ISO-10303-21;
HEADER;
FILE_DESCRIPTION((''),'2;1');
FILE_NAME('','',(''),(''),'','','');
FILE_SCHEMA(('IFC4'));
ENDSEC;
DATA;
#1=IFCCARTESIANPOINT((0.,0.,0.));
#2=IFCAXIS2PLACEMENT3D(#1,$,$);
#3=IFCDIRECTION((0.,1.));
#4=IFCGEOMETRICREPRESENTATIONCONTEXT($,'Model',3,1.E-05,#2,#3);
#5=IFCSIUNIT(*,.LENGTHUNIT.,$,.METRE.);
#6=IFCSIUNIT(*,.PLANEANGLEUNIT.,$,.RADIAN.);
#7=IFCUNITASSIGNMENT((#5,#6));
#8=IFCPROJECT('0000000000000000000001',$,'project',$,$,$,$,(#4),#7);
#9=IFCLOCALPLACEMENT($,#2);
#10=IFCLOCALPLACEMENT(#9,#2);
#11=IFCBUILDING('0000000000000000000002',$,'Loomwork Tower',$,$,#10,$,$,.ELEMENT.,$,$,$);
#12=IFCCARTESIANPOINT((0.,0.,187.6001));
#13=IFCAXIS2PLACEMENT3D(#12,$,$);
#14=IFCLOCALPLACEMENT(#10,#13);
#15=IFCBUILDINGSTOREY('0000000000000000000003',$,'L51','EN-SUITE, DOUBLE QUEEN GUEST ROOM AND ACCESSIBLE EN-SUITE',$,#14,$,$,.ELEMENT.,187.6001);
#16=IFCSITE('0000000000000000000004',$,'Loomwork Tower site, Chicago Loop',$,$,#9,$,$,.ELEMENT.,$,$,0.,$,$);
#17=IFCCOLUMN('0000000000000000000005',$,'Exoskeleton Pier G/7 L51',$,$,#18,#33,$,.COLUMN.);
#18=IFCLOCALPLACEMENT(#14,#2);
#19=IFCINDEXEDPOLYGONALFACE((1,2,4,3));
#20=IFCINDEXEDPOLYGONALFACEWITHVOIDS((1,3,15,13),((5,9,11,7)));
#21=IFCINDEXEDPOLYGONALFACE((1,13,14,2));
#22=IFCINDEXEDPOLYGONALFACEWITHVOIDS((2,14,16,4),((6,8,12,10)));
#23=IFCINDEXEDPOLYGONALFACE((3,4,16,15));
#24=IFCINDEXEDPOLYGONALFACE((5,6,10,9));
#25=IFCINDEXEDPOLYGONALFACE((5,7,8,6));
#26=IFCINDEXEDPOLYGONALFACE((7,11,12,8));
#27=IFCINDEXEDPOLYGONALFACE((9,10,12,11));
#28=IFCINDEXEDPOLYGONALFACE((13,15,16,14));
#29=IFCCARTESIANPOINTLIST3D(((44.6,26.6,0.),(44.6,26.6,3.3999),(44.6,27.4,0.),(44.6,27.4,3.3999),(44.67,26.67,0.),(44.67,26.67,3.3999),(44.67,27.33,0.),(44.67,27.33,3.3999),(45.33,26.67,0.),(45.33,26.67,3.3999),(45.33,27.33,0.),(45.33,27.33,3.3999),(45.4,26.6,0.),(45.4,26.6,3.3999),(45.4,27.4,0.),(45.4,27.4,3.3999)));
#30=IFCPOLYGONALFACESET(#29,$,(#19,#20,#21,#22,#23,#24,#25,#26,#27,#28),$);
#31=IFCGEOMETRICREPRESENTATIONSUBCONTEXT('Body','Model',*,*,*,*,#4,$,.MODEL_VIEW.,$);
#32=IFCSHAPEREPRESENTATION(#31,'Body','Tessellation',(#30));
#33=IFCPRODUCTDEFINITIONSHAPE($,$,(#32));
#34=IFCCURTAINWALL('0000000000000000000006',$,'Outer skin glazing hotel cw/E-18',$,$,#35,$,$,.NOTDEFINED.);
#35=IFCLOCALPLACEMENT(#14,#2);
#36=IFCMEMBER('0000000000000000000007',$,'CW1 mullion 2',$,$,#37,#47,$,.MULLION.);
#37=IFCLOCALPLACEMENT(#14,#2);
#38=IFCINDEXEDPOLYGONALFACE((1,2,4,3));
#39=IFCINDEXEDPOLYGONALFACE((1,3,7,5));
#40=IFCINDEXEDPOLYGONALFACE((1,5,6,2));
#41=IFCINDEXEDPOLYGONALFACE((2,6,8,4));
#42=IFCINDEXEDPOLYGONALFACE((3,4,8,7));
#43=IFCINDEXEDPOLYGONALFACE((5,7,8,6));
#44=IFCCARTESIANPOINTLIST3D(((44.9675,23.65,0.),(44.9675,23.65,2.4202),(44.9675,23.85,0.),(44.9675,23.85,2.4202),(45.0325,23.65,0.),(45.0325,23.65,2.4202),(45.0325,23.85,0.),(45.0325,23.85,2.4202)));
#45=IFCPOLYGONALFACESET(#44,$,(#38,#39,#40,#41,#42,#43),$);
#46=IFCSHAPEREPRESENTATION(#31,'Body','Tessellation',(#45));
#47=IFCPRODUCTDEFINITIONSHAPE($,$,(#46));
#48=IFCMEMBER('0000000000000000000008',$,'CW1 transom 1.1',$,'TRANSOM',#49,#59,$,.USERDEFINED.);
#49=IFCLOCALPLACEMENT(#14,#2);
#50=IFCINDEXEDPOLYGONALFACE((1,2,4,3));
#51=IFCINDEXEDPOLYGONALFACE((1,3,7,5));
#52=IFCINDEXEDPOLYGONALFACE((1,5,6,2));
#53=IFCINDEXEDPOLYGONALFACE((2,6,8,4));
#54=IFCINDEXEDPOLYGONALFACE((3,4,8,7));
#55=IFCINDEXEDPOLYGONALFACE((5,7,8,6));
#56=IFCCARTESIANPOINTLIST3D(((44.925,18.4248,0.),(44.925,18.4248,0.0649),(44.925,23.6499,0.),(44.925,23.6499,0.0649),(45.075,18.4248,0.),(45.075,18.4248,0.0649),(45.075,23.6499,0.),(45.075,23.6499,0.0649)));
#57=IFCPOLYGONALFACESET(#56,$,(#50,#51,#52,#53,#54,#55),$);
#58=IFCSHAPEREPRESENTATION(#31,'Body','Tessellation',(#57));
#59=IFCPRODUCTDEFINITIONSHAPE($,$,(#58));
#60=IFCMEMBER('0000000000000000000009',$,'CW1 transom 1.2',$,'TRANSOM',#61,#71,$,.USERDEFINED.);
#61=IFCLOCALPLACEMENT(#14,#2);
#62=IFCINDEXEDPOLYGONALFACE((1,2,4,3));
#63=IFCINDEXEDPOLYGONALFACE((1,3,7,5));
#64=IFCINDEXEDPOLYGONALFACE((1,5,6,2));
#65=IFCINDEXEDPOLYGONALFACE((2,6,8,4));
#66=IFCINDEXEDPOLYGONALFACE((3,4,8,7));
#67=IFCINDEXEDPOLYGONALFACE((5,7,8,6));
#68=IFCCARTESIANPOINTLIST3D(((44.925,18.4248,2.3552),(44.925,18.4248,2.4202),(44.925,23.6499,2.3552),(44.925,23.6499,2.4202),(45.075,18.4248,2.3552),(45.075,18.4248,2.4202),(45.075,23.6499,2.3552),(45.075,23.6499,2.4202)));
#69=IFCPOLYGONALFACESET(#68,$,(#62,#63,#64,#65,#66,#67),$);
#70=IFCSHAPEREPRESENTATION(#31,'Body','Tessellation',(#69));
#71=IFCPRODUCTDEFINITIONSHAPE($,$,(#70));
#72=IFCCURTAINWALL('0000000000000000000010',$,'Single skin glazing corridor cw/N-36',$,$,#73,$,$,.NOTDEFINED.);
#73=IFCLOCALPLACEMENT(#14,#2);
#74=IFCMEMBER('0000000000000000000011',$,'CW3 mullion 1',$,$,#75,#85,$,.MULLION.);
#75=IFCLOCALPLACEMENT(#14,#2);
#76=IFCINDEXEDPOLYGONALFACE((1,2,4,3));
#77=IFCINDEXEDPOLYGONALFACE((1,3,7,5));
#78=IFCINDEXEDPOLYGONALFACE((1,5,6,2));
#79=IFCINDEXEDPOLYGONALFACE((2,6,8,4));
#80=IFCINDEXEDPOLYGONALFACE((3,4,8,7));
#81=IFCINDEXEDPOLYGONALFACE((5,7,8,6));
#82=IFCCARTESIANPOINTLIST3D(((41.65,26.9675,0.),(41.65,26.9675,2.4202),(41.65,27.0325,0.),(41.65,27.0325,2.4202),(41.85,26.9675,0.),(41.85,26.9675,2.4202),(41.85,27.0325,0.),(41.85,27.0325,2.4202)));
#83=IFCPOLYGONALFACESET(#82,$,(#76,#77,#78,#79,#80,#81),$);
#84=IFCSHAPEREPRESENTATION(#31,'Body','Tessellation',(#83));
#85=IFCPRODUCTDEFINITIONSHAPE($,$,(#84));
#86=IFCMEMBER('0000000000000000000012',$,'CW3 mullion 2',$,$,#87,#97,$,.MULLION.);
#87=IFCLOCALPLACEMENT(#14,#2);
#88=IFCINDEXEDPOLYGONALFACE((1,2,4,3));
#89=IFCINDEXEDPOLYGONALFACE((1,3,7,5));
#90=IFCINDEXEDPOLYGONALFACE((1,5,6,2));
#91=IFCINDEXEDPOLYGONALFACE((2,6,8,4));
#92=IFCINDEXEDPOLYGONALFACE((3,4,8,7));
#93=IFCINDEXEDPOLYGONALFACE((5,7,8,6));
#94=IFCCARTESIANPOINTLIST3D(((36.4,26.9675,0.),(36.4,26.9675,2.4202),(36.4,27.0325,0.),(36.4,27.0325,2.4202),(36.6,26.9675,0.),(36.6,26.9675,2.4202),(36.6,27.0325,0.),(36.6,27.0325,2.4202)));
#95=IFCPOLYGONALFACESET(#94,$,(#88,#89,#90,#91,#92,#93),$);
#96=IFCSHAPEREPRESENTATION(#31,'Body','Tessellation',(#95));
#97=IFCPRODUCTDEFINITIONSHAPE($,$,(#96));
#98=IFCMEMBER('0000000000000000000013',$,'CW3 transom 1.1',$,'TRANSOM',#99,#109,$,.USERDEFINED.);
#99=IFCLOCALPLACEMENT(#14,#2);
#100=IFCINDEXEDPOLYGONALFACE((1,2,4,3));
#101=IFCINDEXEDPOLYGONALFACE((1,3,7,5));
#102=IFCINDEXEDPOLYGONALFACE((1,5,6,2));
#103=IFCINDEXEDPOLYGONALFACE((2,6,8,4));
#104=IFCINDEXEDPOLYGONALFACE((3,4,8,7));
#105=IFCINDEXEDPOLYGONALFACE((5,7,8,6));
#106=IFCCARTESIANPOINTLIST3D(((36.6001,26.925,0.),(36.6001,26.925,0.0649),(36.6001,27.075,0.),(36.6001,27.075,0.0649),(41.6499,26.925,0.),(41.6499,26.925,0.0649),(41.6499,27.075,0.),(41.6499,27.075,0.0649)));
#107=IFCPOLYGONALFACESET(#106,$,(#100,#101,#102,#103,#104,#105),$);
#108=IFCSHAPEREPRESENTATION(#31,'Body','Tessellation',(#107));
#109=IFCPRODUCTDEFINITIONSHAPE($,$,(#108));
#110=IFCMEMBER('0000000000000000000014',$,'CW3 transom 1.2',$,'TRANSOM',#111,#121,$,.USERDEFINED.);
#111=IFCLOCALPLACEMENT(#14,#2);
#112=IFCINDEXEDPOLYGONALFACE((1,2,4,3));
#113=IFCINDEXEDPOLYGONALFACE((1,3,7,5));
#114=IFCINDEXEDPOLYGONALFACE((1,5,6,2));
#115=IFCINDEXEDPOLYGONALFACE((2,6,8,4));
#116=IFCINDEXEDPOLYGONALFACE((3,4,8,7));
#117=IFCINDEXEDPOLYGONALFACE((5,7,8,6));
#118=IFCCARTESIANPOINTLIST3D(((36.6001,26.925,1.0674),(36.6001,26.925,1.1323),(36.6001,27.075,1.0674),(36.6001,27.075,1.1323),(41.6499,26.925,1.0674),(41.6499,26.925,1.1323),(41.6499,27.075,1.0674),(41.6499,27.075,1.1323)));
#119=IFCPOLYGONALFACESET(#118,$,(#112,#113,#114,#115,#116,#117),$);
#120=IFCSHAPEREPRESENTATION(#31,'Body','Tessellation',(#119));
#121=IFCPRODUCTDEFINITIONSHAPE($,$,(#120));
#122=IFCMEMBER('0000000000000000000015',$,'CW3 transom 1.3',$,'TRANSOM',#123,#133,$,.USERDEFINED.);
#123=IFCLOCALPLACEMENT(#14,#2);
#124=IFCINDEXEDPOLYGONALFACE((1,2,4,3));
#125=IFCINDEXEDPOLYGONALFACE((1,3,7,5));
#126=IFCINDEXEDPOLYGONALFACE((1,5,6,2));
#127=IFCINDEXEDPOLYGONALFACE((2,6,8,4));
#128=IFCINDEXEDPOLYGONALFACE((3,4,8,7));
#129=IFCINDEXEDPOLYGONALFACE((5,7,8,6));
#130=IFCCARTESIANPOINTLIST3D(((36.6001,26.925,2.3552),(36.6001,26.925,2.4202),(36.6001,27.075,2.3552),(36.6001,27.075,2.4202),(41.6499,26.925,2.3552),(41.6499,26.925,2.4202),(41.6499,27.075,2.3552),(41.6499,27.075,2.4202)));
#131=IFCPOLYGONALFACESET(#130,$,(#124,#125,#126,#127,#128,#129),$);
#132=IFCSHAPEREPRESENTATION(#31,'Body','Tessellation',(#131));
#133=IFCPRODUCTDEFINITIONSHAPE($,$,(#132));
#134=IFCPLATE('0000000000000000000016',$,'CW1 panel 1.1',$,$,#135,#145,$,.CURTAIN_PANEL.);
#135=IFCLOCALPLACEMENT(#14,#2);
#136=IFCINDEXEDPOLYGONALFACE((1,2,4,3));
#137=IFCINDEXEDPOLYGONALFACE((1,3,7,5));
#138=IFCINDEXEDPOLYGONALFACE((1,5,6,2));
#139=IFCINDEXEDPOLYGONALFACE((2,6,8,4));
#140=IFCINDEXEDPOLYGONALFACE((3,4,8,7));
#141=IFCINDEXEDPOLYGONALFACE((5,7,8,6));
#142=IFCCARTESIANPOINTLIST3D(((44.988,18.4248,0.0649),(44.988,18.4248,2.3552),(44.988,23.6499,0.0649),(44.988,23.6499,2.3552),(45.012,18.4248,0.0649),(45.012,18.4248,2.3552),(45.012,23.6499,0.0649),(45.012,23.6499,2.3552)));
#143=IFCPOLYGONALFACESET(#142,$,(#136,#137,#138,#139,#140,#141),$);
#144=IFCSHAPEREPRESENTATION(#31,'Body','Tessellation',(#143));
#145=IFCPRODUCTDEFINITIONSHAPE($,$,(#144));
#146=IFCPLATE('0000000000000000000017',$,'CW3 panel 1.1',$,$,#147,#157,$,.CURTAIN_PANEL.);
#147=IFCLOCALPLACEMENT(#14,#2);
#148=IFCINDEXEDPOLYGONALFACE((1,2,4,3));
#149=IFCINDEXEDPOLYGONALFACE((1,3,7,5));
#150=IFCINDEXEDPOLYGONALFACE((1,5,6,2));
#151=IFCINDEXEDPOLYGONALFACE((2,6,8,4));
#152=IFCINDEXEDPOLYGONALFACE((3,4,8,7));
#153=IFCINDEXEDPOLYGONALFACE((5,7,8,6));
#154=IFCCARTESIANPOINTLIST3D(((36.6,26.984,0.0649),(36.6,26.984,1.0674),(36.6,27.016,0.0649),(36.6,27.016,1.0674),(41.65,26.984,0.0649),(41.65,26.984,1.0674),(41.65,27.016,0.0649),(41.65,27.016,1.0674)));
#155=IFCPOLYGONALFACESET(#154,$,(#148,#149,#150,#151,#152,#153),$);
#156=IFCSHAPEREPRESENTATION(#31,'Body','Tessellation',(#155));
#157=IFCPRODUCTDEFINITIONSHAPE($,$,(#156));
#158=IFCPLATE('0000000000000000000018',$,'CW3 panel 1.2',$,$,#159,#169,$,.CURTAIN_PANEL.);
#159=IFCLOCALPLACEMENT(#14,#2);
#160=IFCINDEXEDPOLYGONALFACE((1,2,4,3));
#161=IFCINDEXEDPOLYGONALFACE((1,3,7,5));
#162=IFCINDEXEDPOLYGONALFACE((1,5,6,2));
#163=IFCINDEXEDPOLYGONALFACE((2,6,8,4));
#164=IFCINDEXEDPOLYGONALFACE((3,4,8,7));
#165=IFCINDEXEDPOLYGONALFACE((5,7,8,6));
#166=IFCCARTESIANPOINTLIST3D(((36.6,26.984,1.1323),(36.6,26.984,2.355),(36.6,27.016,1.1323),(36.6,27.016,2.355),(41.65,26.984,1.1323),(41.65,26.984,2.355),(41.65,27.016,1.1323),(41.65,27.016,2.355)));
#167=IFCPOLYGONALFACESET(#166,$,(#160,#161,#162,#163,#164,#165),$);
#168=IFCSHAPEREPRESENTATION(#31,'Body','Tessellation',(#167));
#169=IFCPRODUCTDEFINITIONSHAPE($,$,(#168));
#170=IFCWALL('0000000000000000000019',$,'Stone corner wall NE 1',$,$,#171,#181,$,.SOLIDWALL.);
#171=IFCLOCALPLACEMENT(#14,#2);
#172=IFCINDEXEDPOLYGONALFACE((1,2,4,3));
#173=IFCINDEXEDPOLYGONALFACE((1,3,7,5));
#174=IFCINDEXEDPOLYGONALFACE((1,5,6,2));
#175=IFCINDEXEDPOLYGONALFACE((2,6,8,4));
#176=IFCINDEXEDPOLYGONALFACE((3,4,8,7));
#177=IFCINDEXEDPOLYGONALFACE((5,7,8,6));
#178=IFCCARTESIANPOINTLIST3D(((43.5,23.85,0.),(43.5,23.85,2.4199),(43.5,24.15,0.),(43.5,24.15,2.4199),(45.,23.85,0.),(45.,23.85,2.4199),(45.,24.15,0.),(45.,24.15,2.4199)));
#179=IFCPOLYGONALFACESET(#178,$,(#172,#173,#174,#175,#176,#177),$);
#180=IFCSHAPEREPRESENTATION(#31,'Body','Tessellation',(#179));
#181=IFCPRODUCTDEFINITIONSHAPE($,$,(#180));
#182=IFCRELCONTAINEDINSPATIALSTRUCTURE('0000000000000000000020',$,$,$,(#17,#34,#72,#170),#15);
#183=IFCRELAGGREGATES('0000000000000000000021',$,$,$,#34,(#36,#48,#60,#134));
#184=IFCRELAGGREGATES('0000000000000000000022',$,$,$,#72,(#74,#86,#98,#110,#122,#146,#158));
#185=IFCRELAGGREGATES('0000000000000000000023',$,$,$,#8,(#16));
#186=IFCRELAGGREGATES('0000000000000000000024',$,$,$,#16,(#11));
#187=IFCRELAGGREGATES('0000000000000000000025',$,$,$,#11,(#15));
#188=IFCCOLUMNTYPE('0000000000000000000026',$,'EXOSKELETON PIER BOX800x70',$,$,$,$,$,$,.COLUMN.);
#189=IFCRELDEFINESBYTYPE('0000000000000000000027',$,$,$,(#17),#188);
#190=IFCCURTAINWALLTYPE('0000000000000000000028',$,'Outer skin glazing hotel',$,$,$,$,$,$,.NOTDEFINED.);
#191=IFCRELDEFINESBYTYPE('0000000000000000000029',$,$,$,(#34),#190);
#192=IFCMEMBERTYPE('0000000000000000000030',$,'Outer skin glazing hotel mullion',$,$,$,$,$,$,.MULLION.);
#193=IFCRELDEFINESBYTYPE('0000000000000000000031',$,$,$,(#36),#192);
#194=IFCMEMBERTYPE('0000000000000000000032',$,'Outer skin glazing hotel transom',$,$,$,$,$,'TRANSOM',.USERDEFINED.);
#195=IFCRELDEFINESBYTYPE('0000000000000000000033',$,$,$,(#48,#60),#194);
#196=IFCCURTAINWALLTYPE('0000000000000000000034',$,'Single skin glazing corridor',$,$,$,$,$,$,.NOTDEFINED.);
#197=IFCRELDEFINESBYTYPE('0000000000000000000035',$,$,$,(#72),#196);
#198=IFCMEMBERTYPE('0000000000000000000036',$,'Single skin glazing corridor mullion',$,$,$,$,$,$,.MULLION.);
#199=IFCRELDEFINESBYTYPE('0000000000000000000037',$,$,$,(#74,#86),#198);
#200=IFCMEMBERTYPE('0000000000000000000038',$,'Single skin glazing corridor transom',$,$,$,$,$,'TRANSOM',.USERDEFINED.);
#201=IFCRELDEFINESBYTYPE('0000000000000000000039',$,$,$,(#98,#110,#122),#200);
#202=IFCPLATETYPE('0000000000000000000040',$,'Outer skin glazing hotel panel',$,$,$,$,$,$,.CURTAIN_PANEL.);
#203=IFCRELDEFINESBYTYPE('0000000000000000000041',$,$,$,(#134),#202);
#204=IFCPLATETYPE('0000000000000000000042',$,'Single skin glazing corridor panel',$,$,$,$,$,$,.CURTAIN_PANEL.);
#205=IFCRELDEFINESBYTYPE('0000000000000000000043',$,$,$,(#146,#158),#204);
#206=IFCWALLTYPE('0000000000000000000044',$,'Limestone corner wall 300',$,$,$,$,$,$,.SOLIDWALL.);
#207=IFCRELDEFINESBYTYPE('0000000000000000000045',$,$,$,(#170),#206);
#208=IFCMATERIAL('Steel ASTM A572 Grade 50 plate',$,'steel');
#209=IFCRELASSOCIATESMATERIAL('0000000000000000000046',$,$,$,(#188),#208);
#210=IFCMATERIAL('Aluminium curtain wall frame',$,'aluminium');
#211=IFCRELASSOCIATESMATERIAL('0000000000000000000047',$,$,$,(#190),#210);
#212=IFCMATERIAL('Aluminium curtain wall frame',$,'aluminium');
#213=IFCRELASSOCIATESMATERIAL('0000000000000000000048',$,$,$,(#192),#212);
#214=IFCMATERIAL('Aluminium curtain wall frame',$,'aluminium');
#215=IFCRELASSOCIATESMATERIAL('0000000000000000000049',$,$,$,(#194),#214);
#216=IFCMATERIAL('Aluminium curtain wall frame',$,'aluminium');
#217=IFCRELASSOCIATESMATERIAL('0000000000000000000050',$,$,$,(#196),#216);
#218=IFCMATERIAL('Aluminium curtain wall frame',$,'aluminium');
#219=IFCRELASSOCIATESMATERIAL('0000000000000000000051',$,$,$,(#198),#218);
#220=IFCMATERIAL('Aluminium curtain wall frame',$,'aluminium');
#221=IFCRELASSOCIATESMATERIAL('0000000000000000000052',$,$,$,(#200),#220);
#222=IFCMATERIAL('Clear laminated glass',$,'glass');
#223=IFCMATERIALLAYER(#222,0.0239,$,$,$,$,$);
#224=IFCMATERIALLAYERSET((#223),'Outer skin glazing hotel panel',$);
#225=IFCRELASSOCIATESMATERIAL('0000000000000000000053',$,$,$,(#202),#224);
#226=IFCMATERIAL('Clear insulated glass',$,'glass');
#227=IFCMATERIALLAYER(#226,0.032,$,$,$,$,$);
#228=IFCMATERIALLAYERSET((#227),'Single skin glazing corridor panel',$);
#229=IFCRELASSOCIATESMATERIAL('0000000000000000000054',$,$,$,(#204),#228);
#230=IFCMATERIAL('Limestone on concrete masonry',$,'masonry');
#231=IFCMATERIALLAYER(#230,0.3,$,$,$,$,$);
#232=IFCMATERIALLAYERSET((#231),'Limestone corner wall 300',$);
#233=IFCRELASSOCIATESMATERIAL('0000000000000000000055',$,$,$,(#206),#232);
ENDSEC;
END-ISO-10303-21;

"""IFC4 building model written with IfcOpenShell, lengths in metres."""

from ifc_helpers import new_model, si_unit, direction, frame, frame_2d, origin, origin_2d, place, context, subcontext, project, spatial, rectangle, hollow_rectangle, extrude, material, layer, layer_set, material_profile, profile_set, type_object, element, aggregate, save


model = new_model("IFC4")

# Units and contexts
model_context = context("Model", 3, precision=1e-05, world=origin(), true_north=direction((0.0, 1.0)))
body_context = subcontext(model_context, "Body", "Model", "MODEL_VIEW")
ifc_project = project(units=[si_unit("LENGTHUNIT", "METRE"), si_unit("PLANEANGLEUNIT", "RADIAN")], contexts=[model_context])

# Site, building, storey
site_placement = place(None, origin())
site = spatial("IfcSite", under=ifc_project, at=site_placement, Name="Loomwork Tower site, Chicago Loop", CompositionType="ELEMENT", RefElevation=0.0)
building_placement = place(site_placement, origin())
building = spatial("IfcBuilding", under=site, at=building_placement, Name="Loomwork Tower", CompositionType="ELEMENT")
storey_placement = place(building_placement, frame((0.0, 0.0, 187.6001)))
storey = spatial("IfcBuildingStorey", under=building, at=storey_placement, Name="L51", Description="EN-SUITE, DOUBLE QUEEN GUEST ROOM AND ACCESSIBLE EN-SUITE", CompositionType="ELEMENT", Elevation=187.6001)

# Column
ifc_material_1 = material(Name="Steel ASTM A572 Grade 50 plate", Category="steel")
ifc_material_profile_1 = material_profile(ifc_material_1, hollow_rectangle(XDim=0.8, YDim=0.8, WallThickness=0.0701, at=origin_2d()), Name="BOX800x70")
ifc_profile_set_1 = profile_set([ifc_material_profile_1], Name="Steel ASTM A572 Grade 50 plate")
column_type = type_object("IfcColumnType", Name="EXOSKELETON PIER BOX800x70", PredefinedType="COLUMN", material=ifc_profile_set_1)
column_placement = place(storey_placement, frame((45.0, 27.0, 0.0), z_axis=(0.0, 0.0, 1.0), x_axis=(0.0, 1.0, 0.0)))
element("IfcColumn", 1, at=column_placement, inside=storey, type_object=column_type, Name="Exoskeleton Pier G/7 L51", PredefinedType="COLUMN", context=body_context, shape_type="SweptSolid", body=[
    extrude(hollow_rectangle(XDim=0.8, YDim=0.8, WallThickness=0.0701, at=origin_2d()), origin(), (0.0, 0.0, 1.0), 3.3999),
])

# Curtain walls, members
ifc_material_2 = material(Name="Aluminium curtain wall frame", Category="aluminium")
curtain_wall_type_1 = type_object("IfcCurtainWallType", Name="Outer skin glazing hotel", PredefinedType="NOTDEFINED", material=ifc_material_2)
curtain_wall_1_placement = place(storey_placement, origin())
curtain_wall_1 = element("IfcCurtainWall", 2, at=curtain_wall_1_placement, inside=storey, type_object=curtain_wall_type_1, Name="Outer skin glazing hotel cw/E-18", PredefinedType="NOTDEFINED")
ifc_material_3 = material(Name="Aluminium curtain wall frame", Category="aluminium")
ifc_material_profile_2 = material_profile(ifc_material_3, rectangle(XDim=0.0649, YDim=0.2, at=origin_2d()), Name="AL 65x200")
ifc_profile_set_2 = profile_set([ifc_material_profile_2], Name="Aluminium curtain wall frame")
member_type_1 = type_object("IfcMemberType", Name="Outer skin glazing hotel mullion", PredefinedType="MULLION", material=ifc_profile_set_2)
member_1_placement = place(storey_placement, frame((45.0, 23.75, 0.0), z_axis=(0.0, 0.0, 1.0), x_axis=(-1.0, 0.0, 0.0)))
member_1 = element("IfcMember", 3, at=member_1_placement, type_object=member_type_1, Name="CW1 mullion 2", PredefinedType="MULLION", context=body_context, shape_type="SweptSolid", body=[
    extrude(rectangle(XDim=0.0649, YDim=0.2, at=origin_2d()), origin(), (0.0, 0.0, 1.0), 2.4202),
])
ifc_material_4 = material(Name="Aluminium curtain wall frame", Category="aluminium")
ifc_material_profile_3 = material_profile(ifc_material_4, rectangle(XDim=0.1499, YDim=0.0649, at=origin_2d()), Name="AL 65x150")
ifc_profile_set_3 = profile_set([ifc_material_profile_3], Name="Aluminium curtain wall frame")
member_type_2 = type_object("IfcMemberType", Name="Outer skin glazing hotel transom", ElementType="TRANSOM", PredefinedType="USERDEFINED", material=ifc_profile_set_3)
member_2_placement = place(storey_placement, frame((45.0, 18.4248, 0.0325), z_axis=(0.0, 1.0, 0.0), x_axis=(-1.0, 0.0, 0.0)))
member_2 = element("IfcMember", 4, at=member_2_placement, type_object=member_type_2, Name="CW1 transom 1.1", ObjectType="TRANSOM", PredefinedType="USERDEFINED", context=body_context, shape_type="SweptSolid", body=[
    extrude(rectangle(XDim=0.1499, YDim=0.0649, at=origin_2d()), origin(), (0.0, 0.0, 1.0), 5.2251),
])
member_3_placement = place(storey_placement, frame((45.0, 18.4248, 2.3877), z_axis=(0.0, 1.0, 0.0), x_axis=(-1.0, 0.0, 0.0)))
member_3 = element("IfcMember", 5, at=member_3_placement, type_object=member_type_2, Name="CW1 transom 1.2", ObjectType="TRANSOM", PredefinedType="USERDEFINED", context=body_context, shape_type="SweptSolid", body=[
    extrude(rectangle(XDim=0.1499, YDim=0.0649, at=origin_2d()), origin(), (0.0, 0.0, 1.0), 5.2251),
])
ifc_material_5 = material(Name="Aluminium curtain wall frame", Category="aluminium")
curtain_wall_type_2 = type_object("IfcCurtainWallType", Name="Single skin glazing corridor", PredefinedType="NOTDEFINED", material=ifc_material_5)
curtain_wall_2_placement = place(storey_placement, origin())
curtain_wall_2 = element("IfcCurtainWall", 6, at=curtain_wall_2_placement, inside=storey, type_object=curtain_wall_type_2, Name="Single skin glazing corridor cw/N-36", PredefinedType="NOTDEFINED")
ifc_material_6 = material(Name="Aluminium curtain wall frame", Category="aluminium")
ifc_material_profile_4 = material_profile(ifc_material_6, rectangle(XDim=0.0649, YDim=0.2, at=origin_2d()), Name="AL 65x200")
ifc_profile_set_4 = profile_set([ifc_material_profile_4], Name="Aluminium curtain wall frame")
member_type_3 = type_object("IfcMemberType", Name="Single skin glazing corridor mullion", PredefinedType="MULLION", material=ifc_profile_set_4)
member_4_placement = place(storey_placement, frame((41.75, 27.0, 0.0), z_axis=(0.0, 0.0, 1.0), x_axis=(0.0, -1.0, 0.0)))
member_4 = element("IfcMember", 7, at=member_4_placement, type_object=member_type_3, Name="CW3 mullion 1", PredefinedType="MULLION", context=body_context, shape_type="SweptSolid", body=[
    extrude(rectangle(XDim=0.0649, YDim=0.2, at=origin_2d()), origin(), (0.0, 0.0, 1.0), 2.4202),
])
member_5_placement = place(storey_placement, frame((36.5, 27.0, 0.0), z_axis=(0.0, 0.0, 1.0), x_axis=(0.0, -1.0, 0.0)))
member_5 = element("IfcMember", 8, at=member_5_placement, type_object=member_type_3, Name="CW3 mullion 2", PredefinedType="MULLION", context=body_context, shape_type="SweptSolid", body=[
    extrude(rectangle(XDim=0.0649, YDim=0.2, at=origin_2d()), origin(), (0.0, 0.0, 1.0), 2.4202),
])
ifc_material_7 = material(Name="Aluminium curtain wall frame", Category="aluminium")
ifc_material_profile_5 = material_profile(ifc_material_7, rectangle(XDim=0.1499, YDim=0.0649, at=origin_2d()), Name="AL 65x150")
ifc_profile_set_5 = profile_set([ifc_material_profile_5], Name="Aluminium curtain wall frame")
member_type_4 = type_object("IfcMemberType", Name="Single skin glazing corridor transom", ElementType="TRANSOM", PredefinedType="USERDEFINED", material=ifc_profile_set_5)
member_6_placement = place(storey_placement, frame((41.6499, 27.0, 0.0325), z_axis=(-1.0, 0.0, 0.0), x_axis=(0.0, -1.0, 0.0)))
member_6 = element("IfcMember", 9, at=member_6_placement, type_object=member_type_4, Name="CW3 transom 1.1", ObjectType="TRANSOM", PredefinedType="USERDEFINED", context=body_context, shape_type="SweptSolid", body=[
    extrude(rectangle(XDim=0.1499, YDim=0.0649, at=origin_2d()), origin(), (0.0, 0.0, 1.0), 5.0498),
])
member_7_placement = place(storey_placement, frame((41.6499, 27.0, 1.0999), z_axis=(-1.0, 0.0, 0.0), x_axis=(0.0, -1.0, 0.0)))
member_7 = element("IfcMember", 10, at=member_7_placement, type_object=member_type_4, Name="CW3 transom 1.2", ObjectType="TRANSOM", PredefinedType="USERDEFINED", context=body_context, shape_type="SweptSolid", body=[
    extrude(rectangle(XDim=0.1499, YDim=0.0649, at=origin_2d()), origin(), (0.0, 0.0, 1.0), 5.0498),
])
member_8_placement = place(storey_placement, frame((41.6499, 27.0, 2.3877), z_axis=(-1.0, 0.0, 0.0), x_axis=(0.0, -1.0, 0.0)))
member_8 = element("IfcMember", 11, at=member_8_placement, type_object=member_type_4, Name="CW3 transom 1.3", ObjectType="TRANSOM", PredefinedType="USERDEFINED", context=body_context, shape_type="SweptSolid", body=[
    extrude(rectangle(XDim=0.1499, YDim=0.0649, at=origin_2d()), origin(), (0.0, 0.0, 1.0), 5.0498),
])

# Plates
ifc_material_8 = material(Name="Clear laminated glass", Category="glass")
ifc_layer_1 = layer(ifc_material_8, 0.0239)
ifc_layer_set_1 = layer_set([ifc_layer_1], Name="Outer skin glazing hotel panel")
plate_type_1 = type_object("IfcPlateType", Name="Outer skin glazing hotel panel", PredefinedType="CURTAIN_PANEL", material=ifc_layer_set_1)
plate_1_placement = place(storey_placement, frame((45.0, 21.0374, 0.0649), z_axis=(0.0, 0.0, 1.0), x_axis=(0.0, 1.0, 0.0)))
plate_1 = element("IfcPlate", 12, at=plate_1_placement, type_object=plate_type_1, Name="CW1 panel 1.1", PredefinedType="CURTAIN_PANEL", context=body_context, shape_type="SweptSolid", body=[
    extrude(rectangle(XDim=5.2251, YDim=0.0239, at=origin_2d()), origin(), (0.0, 0.0, 1.0), 2.2903),
])
aggregate(curtain_wall_1, [member_1, member_2, member_3, plate_1])
ifc_material_9 = material(Name="Clear insulated glass", Category="glass")
ifc_layer_2 = layer(ifc_material_9, 0.032)
ifc_layer_set_2 = layer_set([ifc_layer_2], Name="Single skin glazing corridor panel")
plate_type_2 = type_object("IfcPlateType", Name="Single skin glazing corridor panel", PredefinedType="CURTAIN_PANEL", material=ifc_layer_set_2)
plate_2_placement = place(storey_placement, frame((39.125, 27.0, 0.0649), z_axis=(0.0, 0.0, 1.0), x_axis=(-1.0, 0.0, 0.0)))
plate_2 = element("IfcPlate", 13, at=plate_2_placement, type_object=plate_type_2, Name="CW3 panel 1.1", PredefinedType="CURTAIN_PANEL", context=body_context, shape_type="SweptSolid", body=[
    extrude(rectangle(XDim=5.05, YDim=0.032, at=origin_2d()), origin(), (0.0, 0.0, 1.0), 1.0024),
])
plate_3_placement = place(storey_placement, frame((39.125, 27.0, 1.1323), z_axis=(0.0, 0.0, 1.0), x_axis=(-1.0, 0.0, 0.0)))
plate_3 = element("IfcPlate", 14, at=plate_3_placement, type_object=plate_type_2, Name="CW3 panel 1.2", PredefinedType="CURTAIN_PANEL", context=body_context, shape_type="SweptSolid", body=[
    extrude(rectangle(XDim=5.05, YDim=0.032, at=origin_2d()), origin(), (0.0, 0.0, 1.0), 1.2227),
])
aggregate(curtain_wall_2, [member_4, member_5, member_6, member_7, member_8, plate_2, plate_3])

# Wall
ifc_material_10 = material(Name="Limestone on concrete masonry", Category="masonry")
ifc_layer_3 = layer(ifc_material_10, 0.3)
ifc_layer_set_3 = layer_set([ifc_layer_3], Name="Limestone corner wall 300")
wall_type = type_object("IfcWallType", Name="Limestone corner wall 300", PredefinedType="SOLIDWALL", material=ifc_layer_set_3)
wall_1_placement = place(storey_placement, frame((45.0, 24.0, 0.0), z_axis=(0.0, 0.0, 1.0), x_axis=(-1.0, 0.0, 0.0)))
element("IfcWall", 15, at=wall_1_placement, inside=storey, type_object=wall_type, Name="Stone corner wall NE 1", PredefinedType="SOLIDWALL", context=body_context, shape_type="SweptSolid", body=[
    extrude(rectangle(XDim=1.5, YDim=0.3, at=frame_2d((0.75, 0.0))), origin(), (0.0, 0.0, 1.0), 2.4199),
])

save(model, "model.ifc")
